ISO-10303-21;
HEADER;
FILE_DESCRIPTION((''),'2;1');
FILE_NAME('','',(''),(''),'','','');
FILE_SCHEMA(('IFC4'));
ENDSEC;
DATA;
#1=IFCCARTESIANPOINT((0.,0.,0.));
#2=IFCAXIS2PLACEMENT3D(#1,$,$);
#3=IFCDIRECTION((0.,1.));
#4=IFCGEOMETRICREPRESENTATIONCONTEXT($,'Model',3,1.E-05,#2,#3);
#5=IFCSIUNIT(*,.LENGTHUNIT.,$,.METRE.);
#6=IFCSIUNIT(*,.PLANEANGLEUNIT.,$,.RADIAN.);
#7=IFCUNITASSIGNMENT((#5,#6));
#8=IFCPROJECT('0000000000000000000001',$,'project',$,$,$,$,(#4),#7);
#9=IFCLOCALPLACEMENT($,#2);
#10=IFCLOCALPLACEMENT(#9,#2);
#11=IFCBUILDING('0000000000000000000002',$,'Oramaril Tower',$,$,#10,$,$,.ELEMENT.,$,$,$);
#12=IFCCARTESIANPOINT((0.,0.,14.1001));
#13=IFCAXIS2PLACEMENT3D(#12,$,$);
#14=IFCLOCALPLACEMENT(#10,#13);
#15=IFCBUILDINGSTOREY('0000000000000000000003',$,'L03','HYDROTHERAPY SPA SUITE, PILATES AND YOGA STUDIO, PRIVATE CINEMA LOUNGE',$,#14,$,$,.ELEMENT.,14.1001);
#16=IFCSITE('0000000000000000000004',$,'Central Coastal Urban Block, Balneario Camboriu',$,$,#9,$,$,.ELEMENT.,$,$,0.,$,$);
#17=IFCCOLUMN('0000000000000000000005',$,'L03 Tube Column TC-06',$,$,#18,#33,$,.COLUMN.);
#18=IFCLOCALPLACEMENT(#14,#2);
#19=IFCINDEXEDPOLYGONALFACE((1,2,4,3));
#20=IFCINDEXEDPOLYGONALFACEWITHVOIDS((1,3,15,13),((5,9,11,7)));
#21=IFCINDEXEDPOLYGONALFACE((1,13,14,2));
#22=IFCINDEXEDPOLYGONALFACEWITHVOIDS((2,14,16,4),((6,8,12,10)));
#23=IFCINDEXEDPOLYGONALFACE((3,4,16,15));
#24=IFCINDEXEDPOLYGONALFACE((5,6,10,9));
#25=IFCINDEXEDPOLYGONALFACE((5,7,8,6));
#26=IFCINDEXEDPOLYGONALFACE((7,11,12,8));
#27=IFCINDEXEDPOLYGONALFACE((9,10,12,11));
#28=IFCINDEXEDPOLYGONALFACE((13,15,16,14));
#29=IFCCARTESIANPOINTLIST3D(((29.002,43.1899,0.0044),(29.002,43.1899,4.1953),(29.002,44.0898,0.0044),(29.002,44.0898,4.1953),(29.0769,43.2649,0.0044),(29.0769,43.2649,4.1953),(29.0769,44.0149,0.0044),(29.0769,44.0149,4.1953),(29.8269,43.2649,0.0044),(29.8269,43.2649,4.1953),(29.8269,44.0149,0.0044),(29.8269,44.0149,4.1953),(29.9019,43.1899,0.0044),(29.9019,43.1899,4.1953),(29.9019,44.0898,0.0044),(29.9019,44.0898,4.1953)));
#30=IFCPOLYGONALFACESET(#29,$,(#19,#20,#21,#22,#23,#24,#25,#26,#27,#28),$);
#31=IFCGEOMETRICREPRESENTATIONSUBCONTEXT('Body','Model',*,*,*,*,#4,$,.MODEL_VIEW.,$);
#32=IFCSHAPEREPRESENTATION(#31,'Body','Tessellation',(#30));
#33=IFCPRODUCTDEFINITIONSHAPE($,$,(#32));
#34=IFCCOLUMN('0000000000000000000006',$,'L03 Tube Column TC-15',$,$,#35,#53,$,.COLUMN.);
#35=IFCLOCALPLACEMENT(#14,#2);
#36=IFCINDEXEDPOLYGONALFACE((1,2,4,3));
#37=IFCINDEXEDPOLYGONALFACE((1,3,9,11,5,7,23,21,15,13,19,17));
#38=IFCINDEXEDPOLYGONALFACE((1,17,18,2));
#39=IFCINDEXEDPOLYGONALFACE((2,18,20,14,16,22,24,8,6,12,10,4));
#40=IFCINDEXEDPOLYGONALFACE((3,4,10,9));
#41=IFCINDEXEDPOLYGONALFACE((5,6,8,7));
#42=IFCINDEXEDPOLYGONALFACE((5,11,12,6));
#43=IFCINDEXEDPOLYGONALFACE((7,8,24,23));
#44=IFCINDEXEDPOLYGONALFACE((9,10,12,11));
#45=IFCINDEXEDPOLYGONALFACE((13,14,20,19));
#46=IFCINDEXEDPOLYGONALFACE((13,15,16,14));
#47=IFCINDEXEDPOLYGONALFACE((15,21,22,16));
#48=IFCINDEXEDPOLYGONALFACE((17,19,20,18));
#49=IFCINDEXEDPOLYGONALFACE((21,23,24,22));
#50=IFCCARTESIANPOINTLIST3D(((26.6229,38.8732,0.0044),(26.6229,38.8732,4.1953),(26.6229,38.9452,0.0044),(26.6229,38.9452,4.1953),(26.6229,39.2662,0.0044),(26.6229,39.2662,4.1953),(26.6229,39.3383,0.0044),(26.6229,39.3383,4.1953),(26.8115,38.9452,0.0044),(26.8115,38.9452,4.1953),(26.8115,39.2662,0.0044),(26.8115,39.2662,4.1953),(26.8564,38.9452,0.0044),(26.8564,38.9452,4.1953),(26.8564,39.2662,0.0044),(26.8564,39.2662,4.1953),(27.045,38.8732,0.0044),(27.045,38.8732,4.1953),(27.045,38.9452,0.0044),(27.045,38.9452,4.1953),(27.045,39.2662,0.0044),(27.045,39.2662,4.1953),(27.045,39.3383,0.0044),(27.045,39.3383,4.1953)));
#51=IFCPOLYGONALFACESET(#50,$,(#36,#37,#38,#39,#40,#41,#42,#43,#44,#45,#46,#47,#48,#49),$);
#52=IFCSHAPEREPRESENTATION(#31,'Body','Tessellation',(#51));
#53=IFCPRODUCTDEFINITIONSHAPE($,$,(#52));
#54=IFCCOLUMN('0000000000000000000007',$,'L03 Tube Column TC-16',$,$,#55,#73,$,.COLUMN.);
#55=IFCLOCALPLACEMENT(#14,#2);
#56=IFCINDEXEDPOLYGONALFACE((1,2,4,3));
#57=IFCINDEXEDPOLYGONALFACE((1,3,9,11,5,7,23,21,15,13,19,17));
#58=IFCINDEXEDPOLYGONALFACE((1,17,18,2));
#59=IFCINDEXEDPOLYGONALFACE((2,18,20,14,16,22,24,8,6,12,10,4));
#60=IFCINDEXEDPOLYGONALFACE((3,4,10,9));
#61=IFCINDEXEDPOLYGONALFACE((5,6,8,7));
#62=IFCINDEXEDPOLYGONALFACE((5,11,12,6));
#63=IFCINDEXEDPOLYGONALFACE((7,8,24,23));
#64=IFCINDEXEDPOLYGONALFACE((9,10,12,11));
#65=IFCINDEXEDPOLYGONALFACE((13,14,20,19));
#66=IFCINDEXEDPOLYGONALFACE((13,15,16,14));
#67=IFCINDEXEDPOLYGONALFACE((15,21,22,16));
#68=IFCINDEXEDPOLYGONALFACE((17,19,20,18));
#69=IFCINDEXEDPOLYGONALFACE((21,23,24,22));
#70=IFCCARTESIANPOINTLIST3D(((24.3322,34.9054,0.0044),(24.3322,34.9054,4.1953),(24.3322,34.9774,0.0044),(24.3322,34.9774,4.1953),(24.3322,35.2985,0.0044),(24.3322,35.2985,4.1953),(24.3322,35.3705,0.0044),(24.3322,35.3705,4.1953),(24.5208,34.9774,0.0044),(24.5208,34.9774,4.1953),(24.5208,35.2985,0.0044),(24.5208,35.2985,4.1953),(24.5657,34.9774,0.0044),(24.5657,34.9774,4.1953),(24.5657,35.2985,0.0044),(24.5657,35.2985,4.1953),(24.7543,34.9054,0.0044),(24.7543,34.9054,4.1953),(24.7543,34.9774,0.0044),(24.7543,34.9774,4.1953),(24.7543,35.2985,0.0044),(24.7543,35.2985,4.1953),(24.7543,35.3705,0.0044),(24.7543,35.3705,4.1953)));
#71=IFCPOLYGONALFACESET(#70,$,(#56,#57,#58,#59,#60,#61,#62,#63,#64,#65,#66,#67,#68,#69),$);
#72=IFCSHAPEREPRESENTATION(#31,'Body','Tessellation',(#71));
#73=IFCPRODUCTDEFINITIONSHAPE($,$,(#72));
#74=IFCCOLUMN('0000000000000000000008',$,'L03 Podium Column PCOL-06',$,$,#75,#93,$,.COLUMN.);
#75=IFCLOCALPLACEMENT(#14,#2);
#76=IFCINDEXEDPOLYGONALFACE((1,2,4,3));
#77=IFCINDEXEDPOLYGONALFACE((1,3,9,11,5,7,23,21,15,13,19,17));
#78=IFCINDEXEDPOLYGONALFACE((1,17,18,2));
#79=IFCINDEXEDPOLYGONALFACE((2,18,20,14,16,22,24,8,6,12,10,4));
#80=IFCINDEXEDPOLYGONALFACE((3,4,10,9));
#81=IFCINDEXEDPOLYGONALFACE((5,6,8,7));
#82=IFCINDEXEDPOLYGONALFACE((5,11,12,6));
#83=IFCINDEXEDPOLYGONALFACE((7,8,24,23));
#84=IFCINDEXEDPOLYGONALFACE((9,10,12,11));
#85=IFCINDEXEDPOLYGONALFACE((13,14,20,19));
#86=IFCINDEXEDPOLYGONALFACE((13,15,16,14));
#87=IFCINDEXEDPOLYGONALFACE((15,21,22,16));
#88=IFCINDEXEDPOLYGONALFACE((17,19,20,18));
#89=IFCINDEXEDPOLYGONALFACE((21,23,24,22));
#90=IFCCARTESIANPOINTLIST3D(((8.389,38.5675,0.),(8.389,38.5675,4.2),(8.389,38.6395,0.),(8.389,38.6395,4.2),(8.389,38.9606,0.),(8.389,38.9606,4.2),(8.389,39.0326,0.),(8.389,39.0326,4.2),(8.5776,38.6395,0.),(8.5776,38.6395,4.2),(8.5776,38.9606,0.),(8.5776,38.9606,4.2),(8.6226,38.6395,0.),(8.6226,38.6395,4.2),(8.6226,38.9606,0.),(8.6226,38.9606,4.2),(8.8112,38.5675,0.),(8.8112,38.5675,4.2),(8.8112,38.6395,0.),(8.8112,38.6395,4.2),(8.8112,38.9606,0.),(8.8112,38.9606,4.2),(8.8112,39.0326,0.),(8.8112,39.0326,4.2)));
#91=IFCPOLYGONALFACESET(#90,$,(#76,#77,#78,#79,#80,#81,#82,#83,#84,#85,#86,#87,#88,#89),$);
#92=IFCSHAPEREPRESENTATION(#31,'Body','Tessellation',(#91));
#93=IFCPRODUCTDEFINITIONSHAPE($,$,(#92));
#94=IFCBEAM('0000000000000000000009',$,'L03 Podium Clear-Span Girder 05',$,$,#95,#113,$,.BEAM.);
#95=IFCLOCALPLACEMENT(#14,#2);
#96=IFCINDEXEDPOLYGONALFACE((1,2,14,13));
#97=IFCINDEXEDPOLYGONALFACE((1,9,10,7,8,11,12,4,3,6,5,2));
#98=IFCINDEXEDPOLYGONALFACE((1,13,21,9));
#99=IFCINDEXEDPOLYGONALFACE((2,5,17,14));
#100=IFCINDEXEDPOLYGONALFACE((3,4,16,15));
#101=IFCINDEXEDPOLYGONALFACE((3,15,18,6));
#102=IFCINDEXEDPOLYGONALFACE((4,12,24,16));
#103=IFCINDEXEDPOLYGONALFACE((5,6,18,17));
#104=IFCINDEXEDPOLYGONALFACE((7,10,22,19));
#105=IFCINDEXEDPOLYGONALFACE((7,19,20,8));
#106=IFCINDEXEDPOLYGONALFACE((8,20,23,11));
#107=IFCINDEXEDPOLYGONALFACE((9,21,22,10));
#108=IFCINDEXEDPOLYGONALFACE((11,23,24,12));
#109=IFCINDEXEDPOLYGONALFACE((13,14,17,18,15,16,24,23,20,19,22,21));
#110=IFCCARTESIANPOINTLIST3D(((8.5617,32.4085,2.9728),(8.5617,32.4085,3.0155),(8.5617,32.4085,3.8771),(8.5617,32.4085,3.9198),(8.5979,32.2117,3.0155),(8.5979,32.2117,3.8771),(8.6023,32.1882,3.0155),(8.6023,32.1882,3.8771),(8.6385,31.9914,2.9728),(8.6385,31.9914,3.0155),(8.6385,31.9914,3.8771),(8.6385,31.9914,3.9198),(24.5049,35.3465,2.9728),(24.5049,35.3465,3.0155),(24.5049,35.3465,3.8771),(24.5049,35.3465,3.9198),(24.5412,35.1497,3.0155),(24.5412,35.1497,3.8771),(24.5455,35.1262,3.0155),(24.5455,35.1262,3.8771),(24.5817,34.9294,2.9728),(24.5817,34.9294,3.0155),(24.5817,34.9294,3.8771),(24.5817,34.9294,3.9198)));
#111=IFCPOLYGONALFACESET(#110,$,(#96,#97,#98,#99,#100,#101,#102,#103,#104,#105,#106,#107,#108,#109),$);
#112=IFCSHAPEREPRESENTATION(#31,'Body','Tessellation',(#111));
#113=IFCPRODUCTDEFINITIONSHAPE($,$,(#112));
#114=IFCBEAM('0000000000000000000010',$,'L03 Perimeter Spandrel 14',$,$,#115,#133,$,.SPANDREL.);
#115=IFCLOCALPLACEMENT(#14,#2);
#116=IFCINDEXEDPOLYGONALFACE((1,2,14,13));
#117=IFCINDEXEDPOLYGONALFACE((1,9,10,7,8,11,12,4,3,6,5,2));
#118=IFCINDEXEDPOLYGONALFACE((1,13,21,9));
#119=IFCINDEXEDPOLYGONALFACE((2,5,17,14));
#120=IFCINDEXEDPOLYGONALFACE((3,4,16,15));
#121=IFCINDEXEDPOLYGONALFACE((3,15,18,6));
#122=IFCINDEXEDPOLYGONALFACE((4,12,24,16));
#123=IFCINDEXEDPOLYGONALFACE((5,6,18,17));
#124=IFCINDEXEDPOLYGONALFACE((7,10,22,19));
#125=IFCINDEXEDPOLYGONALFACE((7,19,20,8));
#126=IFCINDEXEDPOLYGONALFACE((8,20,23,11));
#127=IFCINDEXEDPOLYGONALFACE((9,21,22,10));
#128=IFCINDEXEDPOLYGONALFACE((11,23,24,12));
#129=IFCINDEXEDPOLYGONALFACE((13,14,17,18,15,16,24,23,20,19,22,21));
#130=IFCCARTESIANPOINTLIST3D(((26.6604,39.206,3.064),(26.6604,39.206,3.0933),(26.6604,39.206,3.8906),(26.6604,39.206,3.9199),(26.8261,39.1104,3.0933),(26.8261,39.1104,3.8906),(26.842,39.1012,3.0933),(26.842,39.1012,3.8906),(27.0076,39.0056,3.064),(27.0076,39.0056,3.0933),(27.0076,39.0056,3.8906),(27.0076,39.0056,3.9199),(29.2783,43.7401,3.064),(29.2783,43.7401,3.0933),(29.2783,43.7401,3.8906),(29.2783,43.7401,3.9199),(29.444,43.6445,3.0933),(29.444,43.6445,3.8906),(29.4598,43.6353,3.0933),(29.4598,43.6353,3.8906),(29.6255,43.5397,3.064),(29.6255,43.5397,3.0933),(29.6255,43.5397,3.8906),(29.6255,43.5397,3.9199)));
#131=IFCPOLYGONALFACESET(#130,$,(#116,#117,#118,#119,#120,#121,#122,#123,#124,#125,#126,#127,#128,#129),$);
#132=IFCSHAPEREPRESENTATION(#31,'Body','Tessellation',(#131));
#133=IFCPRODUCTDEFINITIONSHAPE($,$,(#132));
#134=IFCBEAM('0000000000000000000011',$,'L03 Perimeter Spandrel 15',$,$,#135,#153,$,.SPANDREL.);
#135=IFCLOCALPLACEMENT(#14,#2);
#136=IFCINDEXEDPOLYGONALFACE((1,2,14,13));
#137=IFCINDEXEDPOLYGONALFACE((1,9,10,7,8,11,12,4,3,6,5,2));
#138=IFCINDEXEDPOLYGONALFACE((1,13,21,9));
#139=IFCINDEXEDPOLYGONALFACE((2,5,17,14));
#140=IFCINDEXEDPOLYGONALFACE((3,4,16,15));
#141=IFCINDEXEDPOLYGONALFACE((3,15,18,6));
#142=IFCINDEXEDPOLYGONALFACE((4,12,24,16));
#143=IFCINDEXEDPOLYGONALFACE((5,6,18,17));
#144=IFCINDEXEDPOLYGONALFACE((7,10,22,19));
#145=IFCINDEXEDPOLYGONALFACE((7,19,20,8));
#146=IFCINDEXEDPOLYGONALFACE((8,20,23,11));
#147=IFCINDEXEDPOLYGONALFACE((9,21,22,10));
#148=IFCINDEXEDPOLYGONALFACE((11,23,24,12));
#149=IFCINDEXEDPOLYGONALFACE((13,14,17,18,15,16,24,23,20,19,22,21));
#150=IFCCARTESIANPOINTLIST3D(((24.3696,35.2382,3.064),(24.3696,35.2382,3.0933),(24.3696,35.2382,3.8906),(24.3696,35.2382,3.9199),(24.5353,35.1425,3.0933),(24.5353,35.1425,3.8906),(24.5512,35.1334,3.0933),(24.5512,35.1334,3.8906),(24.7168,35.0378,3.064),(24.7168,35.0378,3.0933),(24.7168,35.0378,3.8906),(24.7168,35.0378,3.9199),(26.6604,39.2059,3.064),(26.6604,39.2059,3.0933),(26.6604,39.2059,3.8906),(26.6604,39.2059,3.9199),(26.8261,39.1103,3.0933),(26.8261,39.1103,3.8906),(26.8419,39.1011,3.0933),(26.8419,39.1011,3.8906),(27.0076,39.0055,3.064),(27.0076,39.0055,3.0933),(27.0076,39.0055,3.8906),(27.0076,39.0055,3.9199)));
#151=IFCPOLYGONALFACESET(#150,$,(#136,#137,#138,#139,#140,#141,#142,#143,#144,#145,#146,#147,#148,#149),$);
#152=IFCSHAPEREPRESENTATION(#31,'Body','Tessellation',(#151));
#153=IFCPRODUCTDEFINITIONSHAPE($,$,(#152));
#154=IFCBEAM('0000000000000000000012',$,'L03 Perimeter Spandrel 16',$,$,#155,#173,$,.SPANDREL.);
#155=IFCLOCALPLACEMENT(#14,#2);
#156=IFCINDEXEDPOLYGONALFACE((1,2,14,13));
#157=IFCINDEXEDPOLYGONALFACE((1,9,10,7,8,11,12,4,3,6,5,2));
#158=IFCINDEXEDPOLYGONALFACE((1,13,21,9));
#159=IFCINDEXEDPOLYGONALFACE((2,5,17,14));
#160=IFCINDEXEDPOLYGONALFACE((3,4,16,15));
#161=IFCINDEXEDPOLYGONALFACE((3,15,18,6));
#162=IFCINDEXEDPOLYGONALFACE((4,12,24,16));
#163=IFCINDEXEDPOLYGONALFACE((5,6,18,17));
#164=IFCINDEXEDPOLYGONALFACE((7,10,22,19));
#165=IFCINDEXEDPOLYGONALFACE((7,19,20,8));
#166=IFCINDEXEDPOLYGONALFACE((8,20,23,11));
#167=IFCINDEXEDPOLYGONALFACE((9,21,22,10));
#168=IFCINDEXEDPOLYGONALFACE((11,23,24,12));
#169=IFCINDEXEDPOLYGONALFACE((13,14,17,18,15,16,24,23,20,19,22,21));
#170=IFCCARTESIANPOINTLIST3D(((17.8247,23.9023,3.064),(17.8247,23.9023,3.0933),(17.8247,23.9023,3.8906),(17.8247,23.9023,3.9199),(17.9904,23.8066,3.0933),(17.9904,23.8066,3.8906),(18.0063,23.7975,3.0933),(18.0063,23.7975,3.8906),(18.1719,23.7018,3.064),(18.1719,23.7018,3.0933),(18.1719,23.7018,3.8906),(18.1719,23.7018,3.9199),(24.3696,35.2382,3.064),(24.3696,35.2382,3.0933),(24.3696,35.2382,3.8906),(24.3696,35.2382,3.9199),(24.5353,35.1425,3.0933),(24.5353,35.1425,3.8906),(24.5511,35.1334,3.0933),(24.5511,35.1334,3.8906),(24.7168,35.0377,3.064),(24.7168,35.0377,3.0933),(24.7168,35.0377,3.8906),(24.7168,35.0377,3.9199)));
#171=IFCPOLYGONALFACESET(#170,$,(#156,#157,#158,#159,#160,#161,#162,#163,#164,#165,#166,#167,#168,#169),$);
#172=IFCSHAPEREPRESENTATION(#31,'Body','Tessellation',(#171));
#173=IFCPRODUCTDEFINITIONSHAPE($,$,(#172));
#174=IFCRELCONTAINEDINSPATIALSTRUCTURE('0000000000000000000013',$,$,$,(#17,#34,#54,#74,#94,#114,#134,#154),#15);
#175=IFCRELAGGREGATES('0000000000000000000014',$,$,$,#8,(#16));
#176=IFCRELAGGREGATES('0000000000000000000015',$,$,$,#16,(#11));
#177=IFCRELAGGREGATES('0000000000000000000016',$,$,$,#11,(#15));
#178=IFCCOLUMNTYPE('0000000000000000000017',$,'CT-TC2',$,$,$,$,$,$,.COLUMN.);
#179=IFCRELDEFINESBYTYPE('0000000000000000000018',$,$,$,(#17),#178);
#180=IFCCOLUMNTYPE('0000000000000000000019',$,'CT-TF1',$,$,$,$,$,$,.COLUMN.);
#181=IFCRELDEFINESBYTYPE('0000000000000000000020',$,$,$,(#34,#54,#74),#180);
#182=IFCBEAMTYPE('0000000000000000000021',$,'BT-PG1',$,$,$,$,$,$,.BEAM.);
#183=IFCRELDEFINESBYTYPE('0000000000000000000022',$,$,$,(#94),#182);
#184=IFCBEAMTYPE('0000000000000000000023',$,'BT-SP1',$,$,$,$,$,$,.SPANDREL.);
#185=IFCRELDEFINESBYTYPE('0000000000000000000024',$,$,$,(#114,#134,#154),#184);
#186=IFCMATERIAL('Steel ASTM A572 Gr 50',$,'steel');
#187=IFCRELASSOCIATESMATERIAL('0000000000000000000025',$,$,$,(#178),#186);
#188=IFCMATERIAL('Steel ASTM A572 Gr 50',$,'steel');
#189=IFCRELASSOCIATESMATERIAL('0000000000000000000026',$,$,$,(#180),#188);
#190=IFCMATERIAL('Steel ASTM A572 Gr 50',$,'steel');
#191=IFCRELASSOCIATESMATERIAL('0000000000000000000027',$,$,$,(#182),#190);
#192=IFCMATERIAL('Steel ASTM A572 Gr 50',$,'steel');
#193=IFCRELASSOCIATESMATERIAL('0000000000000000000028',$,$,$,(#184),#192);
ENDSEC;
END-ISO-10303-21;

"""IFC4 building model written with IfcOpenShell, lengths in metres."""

from ifc_helpers import new_model, si_unit, direction, frame, origin, origin_2d, place, context, subcontext, project, spatial, hollow_rectangle, i_section, extrude, material, material_profile, profile_set, type_object, element, save


model = new_model("IFC4")

# Units and contexts
model_context = context("Model", 3, precision=1e-05, world=origin(), true_north=direction((0.0, 1.0)))
body_context = subcontext(model_context, "Body", "Model", "MODEL_VIEW")
ifc_project = project(units=[si_unit("LENGTHUNIT", "METRE"), si_unit("PLANEANGLEUNIT", "RADIAN")], contexts=[model_context])

# Site, building, storey
site_placement = place(None, origin())
site = spatial("IfcSite", under=ifc_project, at=site_placement, Name="Central Coastal Urban Block, Balneario Camboriu", CompositionType="ELEMENT", RefElevation=0.0)
building_placement = place(site_placement, origin())
building = spatial("IfcBuilding", under=site, at=building_placement, Name="Oramaril Tower", CompositionType="ELEMENT")
storey_placement = place(building_placement, frame((0.0, 0.0, 14.1001)))
storey = spatial("IfcBuildingStorey", under=building, at=storey_placement, Name="L03", Description="HYDROTHERAPY SPA SUITE, PILATES AND YOGA STUDIO, PRIVATE CINEMA LOUNGE", CompositionType="ELEMENT", Elevation=14.1001)

# Columns
ifc_material_1 = material(Name="Steel ASTM A572 Gr 50", Category="steel")
ifc_material_profile_1 = material_profile(ifc_material_1, hollow_rectangle(XDim=0.8999, YDim=0.8999, WallThickness=0.075, at=origin_2d()), Name="BOX900X900X75")
ifc_profile_set_1 = profile_set([ifc_material_profile_1], Name="Steel ASTM A572 Gr 50")
column_type_1 = type_object("IfcColumnType", Name="CT-TC2", PredefinedType="COLUMN", material=ifc_profile_set_1)
column_1_placement = place(storey_placement, frame((29.4519, 43.6399, 0.0044), z_axis=(0.0, 0.0, 1.0), x_axis=(1.0, 0.0, 0.0)))
element("IfcColumn", 1, at=column_1_placement, inside=storey, type_object=column_type_1, Name="L03 Tube Column TC-06", PredefinedType="COLUMN", context=body_context, shape_type="SweptSolid", body=[
    extrude(hollow_rectangle(XDim=0.8999, YDim=0.8999, WallThickness=0.075, at=origin_2d()), origin(), (0.0, 0.0, 1.0), 4.1909),
])
ifc_material_2 = material(Name="Steel ASTM A572 Gr 50", Category="steel")
ifc_material_profile_2 = material_profile(ifc_material_2, i_section(OverallWidth=0.4221, OverallDepth=0.4651, WebThickness=0.0449, FlangeThickness=0.072, at=origin_2d()), Name="W14X398")
ifc_profile_set_2 = profile_set([ifc_material_profile_2], Name="Steel ASTM A572 Gr 50")
column_type_2 = type_object("IfcColumnType", Name="CT-TF1", PredefinedType="COLUMN", material=ifc_profile_set_2)
for number, where, z_axis, x_axis, name in (
    (2, (26.834, 39.1057, 0.0044), (0.0, 0.0, 1.0), (1.0, 0.0, 0.0), "L03 Tube Column TC-15"),
    (3, (24.5432, 35.1379, 0.0044), (0.0, 0.0, 1.0), (1.0, 0.0, 0.0), "L03 Tube Column TC-16"),
):
    element("IfcColumn", number, at=place(storey_placement, frame(where, z_axis=z_axis, x_axis=x_axis)), inside=storey, type_object=column_type_2, Name=name, PredefinedType="COLUMN", context=body_context, shape_type="SweptSolid", body=[
        extrude(i_section(OverallWidth=0.4221, OverallDepth=0.4651, WebThickness=0.0449, FlangeThickness=0.072, at=origin_2d()), origin(), (0.0, 0.0, 1.0), 4.1909),
    ])
column_2_placement = place(storey_placement, frame((8.6001, 38.8, 0.0), z_axis=(0.0, 0.0, 1.0), x_axis=(1.0, 0.0, 0.0)))
element("IfcColumn", 4, at=column_2_placement, inside=storey, type_object=column_type_2, Name="L03 Podium Column PCOL-06", PredefinedType="COLUMN", context=body_context, shape_type="SweptSolid", body=[
    extrude(i_section(OverallWidth=0.4221, OverallDepth=0.4651, WebThickness=0.0449, FlangeThickness=0.072, at=origin_2d()), origin(), (0.0, 0.0, 1.0), 4.2),
])

# Beams
ifc_material_3 = material(Name="Steel ASTM A572 Gr 50", Category="steel")
ifc_material_profile_3 = material_profile(ifc_material_3, i_section(OverallWidth=0.4241, OverallDepth=0.947, WebThickness=0.0239, FlangeThickness=0.0427, at=origin_2d()), Name="W36X302")
ifc_profile_set_3 = profile_set([ifc_material_profile_3], Name="Steel ASTM A572 Gr 50")
beam_type_1 = type_object("IfcBeamType", Name="BT-PG1", PredefinedType="BEAM", material=ifc_profile_set_3)
beam_1_placement = place(storey_placement, frame((8.6001, 32.2, 3.4463), z_axis=(0.983441, 0.181228, 0.0), x_axis=(-0.181228, 0.983441, 0.0)))
element("IfcBeam", 5, at=beam_1_placement, inside=storey, type_object=beam_type_1, Name="L03 Podium Clear-Span Girder 05", PredefinedType="BEAM", context=body_context, shape_type="SweptSolid", body=[
    extrude(i_section(OverallWidth=0.4241, OverallDepth=0.947, WebThickness=0.0239, FlangeThickness=0.0427, at=origin_2d()), origin(), (0.0, 0.0, 1.0), 16.2117),
])
ifc_material_4 = material(Name="Steel ASTM A572 Gr 50", Category="steel")
ifc_material_profile_4 = material_profile(ifc_material_4, i_section(OverallWidth=0.4009, OverallDepth=0.856, WebThickness=0.0183, FlangeThickness=0.0293, at=origin_2d()), Name="W33X201")
ifc_profile_set_4 = profile_set([ifc_material_profile_4], Name="Steel ASTM A572 Gr 50")
beam_type_2 = type_object("IfcBeamType", Name="BT-SP1", PredefinedType="SPANDREL", material=ifc_profile_set_4)
beam_2_placement = place(storey_placement, frame((29.4519, 43.6399, 3.4919), z_axis=(-0.500016, -0.866016, 0.0), x_axis=(0.866016, -0.500016, 0.0)))
element("IfcBeam", 6, at=beam_2_placement, inside=storey, type_object=beam_type_2, Name="L03 Perimeter Spandrel 14", PredefinedType="SPANDREL", context=body_context, shape_type="SweptSolid", body=[
    extrude(i_section(OverallWidth=0.4009, OverallDepth=0.856, WebThickness=0.0183, FlangeThickness=0.0293, at=origin_2d()), origin(), (0.0, 0.0, 1.0), 5.2356),
])
beam_3_placement = place(storey_placement, frame((26.834, 39.1057, 3.4919), z_axis=(-0.499996, -0.866028, 0.0), x_axis=(0.866028, -0.499996, 0.0)))
element("IfcBeam", 7, at=beam_3_placement, inside=storey, type_object=beam_type_2, Name="L03 Perimeter Spandrel 15", PredefinedType="SPANDREL", context=body_context, shape_type="SweptSolid", body=[
    extrude(i_section(OverallWidth=0.4009, OverallDepth=0.856, WebThickness=0.0183, FlangeThickness=0.0293, at=origin_2d()), origin(), (0.0, 0.0, 1.0), 4.5815),
])
beam_4_placement = place(storey_placement, frame((24.5432, 35.1379, 3.4919), z_axis=(-0.500007, -0.866022, 0.0), x_axis=(0.866022, -0.500007, 0.0)))
element("IfcBeam", 8, at=beam_4_placement, inside=storey, type_object=beam_type_2, Name="L03 Perimeter Spandrel 16", PredefinedType="SPANDREL", context=body_context, shape_type="SweptSolid", body=[
    extrude(i_section(OverallWidth=0.4009, OverallDepth=0.856, WebThickness=0.0183, FlangeThickness=0.0293, at=origin_2d()), origin(), (0.0, 0.0, 1.0), 13.0896),
])

save(model, "model.ifc")
